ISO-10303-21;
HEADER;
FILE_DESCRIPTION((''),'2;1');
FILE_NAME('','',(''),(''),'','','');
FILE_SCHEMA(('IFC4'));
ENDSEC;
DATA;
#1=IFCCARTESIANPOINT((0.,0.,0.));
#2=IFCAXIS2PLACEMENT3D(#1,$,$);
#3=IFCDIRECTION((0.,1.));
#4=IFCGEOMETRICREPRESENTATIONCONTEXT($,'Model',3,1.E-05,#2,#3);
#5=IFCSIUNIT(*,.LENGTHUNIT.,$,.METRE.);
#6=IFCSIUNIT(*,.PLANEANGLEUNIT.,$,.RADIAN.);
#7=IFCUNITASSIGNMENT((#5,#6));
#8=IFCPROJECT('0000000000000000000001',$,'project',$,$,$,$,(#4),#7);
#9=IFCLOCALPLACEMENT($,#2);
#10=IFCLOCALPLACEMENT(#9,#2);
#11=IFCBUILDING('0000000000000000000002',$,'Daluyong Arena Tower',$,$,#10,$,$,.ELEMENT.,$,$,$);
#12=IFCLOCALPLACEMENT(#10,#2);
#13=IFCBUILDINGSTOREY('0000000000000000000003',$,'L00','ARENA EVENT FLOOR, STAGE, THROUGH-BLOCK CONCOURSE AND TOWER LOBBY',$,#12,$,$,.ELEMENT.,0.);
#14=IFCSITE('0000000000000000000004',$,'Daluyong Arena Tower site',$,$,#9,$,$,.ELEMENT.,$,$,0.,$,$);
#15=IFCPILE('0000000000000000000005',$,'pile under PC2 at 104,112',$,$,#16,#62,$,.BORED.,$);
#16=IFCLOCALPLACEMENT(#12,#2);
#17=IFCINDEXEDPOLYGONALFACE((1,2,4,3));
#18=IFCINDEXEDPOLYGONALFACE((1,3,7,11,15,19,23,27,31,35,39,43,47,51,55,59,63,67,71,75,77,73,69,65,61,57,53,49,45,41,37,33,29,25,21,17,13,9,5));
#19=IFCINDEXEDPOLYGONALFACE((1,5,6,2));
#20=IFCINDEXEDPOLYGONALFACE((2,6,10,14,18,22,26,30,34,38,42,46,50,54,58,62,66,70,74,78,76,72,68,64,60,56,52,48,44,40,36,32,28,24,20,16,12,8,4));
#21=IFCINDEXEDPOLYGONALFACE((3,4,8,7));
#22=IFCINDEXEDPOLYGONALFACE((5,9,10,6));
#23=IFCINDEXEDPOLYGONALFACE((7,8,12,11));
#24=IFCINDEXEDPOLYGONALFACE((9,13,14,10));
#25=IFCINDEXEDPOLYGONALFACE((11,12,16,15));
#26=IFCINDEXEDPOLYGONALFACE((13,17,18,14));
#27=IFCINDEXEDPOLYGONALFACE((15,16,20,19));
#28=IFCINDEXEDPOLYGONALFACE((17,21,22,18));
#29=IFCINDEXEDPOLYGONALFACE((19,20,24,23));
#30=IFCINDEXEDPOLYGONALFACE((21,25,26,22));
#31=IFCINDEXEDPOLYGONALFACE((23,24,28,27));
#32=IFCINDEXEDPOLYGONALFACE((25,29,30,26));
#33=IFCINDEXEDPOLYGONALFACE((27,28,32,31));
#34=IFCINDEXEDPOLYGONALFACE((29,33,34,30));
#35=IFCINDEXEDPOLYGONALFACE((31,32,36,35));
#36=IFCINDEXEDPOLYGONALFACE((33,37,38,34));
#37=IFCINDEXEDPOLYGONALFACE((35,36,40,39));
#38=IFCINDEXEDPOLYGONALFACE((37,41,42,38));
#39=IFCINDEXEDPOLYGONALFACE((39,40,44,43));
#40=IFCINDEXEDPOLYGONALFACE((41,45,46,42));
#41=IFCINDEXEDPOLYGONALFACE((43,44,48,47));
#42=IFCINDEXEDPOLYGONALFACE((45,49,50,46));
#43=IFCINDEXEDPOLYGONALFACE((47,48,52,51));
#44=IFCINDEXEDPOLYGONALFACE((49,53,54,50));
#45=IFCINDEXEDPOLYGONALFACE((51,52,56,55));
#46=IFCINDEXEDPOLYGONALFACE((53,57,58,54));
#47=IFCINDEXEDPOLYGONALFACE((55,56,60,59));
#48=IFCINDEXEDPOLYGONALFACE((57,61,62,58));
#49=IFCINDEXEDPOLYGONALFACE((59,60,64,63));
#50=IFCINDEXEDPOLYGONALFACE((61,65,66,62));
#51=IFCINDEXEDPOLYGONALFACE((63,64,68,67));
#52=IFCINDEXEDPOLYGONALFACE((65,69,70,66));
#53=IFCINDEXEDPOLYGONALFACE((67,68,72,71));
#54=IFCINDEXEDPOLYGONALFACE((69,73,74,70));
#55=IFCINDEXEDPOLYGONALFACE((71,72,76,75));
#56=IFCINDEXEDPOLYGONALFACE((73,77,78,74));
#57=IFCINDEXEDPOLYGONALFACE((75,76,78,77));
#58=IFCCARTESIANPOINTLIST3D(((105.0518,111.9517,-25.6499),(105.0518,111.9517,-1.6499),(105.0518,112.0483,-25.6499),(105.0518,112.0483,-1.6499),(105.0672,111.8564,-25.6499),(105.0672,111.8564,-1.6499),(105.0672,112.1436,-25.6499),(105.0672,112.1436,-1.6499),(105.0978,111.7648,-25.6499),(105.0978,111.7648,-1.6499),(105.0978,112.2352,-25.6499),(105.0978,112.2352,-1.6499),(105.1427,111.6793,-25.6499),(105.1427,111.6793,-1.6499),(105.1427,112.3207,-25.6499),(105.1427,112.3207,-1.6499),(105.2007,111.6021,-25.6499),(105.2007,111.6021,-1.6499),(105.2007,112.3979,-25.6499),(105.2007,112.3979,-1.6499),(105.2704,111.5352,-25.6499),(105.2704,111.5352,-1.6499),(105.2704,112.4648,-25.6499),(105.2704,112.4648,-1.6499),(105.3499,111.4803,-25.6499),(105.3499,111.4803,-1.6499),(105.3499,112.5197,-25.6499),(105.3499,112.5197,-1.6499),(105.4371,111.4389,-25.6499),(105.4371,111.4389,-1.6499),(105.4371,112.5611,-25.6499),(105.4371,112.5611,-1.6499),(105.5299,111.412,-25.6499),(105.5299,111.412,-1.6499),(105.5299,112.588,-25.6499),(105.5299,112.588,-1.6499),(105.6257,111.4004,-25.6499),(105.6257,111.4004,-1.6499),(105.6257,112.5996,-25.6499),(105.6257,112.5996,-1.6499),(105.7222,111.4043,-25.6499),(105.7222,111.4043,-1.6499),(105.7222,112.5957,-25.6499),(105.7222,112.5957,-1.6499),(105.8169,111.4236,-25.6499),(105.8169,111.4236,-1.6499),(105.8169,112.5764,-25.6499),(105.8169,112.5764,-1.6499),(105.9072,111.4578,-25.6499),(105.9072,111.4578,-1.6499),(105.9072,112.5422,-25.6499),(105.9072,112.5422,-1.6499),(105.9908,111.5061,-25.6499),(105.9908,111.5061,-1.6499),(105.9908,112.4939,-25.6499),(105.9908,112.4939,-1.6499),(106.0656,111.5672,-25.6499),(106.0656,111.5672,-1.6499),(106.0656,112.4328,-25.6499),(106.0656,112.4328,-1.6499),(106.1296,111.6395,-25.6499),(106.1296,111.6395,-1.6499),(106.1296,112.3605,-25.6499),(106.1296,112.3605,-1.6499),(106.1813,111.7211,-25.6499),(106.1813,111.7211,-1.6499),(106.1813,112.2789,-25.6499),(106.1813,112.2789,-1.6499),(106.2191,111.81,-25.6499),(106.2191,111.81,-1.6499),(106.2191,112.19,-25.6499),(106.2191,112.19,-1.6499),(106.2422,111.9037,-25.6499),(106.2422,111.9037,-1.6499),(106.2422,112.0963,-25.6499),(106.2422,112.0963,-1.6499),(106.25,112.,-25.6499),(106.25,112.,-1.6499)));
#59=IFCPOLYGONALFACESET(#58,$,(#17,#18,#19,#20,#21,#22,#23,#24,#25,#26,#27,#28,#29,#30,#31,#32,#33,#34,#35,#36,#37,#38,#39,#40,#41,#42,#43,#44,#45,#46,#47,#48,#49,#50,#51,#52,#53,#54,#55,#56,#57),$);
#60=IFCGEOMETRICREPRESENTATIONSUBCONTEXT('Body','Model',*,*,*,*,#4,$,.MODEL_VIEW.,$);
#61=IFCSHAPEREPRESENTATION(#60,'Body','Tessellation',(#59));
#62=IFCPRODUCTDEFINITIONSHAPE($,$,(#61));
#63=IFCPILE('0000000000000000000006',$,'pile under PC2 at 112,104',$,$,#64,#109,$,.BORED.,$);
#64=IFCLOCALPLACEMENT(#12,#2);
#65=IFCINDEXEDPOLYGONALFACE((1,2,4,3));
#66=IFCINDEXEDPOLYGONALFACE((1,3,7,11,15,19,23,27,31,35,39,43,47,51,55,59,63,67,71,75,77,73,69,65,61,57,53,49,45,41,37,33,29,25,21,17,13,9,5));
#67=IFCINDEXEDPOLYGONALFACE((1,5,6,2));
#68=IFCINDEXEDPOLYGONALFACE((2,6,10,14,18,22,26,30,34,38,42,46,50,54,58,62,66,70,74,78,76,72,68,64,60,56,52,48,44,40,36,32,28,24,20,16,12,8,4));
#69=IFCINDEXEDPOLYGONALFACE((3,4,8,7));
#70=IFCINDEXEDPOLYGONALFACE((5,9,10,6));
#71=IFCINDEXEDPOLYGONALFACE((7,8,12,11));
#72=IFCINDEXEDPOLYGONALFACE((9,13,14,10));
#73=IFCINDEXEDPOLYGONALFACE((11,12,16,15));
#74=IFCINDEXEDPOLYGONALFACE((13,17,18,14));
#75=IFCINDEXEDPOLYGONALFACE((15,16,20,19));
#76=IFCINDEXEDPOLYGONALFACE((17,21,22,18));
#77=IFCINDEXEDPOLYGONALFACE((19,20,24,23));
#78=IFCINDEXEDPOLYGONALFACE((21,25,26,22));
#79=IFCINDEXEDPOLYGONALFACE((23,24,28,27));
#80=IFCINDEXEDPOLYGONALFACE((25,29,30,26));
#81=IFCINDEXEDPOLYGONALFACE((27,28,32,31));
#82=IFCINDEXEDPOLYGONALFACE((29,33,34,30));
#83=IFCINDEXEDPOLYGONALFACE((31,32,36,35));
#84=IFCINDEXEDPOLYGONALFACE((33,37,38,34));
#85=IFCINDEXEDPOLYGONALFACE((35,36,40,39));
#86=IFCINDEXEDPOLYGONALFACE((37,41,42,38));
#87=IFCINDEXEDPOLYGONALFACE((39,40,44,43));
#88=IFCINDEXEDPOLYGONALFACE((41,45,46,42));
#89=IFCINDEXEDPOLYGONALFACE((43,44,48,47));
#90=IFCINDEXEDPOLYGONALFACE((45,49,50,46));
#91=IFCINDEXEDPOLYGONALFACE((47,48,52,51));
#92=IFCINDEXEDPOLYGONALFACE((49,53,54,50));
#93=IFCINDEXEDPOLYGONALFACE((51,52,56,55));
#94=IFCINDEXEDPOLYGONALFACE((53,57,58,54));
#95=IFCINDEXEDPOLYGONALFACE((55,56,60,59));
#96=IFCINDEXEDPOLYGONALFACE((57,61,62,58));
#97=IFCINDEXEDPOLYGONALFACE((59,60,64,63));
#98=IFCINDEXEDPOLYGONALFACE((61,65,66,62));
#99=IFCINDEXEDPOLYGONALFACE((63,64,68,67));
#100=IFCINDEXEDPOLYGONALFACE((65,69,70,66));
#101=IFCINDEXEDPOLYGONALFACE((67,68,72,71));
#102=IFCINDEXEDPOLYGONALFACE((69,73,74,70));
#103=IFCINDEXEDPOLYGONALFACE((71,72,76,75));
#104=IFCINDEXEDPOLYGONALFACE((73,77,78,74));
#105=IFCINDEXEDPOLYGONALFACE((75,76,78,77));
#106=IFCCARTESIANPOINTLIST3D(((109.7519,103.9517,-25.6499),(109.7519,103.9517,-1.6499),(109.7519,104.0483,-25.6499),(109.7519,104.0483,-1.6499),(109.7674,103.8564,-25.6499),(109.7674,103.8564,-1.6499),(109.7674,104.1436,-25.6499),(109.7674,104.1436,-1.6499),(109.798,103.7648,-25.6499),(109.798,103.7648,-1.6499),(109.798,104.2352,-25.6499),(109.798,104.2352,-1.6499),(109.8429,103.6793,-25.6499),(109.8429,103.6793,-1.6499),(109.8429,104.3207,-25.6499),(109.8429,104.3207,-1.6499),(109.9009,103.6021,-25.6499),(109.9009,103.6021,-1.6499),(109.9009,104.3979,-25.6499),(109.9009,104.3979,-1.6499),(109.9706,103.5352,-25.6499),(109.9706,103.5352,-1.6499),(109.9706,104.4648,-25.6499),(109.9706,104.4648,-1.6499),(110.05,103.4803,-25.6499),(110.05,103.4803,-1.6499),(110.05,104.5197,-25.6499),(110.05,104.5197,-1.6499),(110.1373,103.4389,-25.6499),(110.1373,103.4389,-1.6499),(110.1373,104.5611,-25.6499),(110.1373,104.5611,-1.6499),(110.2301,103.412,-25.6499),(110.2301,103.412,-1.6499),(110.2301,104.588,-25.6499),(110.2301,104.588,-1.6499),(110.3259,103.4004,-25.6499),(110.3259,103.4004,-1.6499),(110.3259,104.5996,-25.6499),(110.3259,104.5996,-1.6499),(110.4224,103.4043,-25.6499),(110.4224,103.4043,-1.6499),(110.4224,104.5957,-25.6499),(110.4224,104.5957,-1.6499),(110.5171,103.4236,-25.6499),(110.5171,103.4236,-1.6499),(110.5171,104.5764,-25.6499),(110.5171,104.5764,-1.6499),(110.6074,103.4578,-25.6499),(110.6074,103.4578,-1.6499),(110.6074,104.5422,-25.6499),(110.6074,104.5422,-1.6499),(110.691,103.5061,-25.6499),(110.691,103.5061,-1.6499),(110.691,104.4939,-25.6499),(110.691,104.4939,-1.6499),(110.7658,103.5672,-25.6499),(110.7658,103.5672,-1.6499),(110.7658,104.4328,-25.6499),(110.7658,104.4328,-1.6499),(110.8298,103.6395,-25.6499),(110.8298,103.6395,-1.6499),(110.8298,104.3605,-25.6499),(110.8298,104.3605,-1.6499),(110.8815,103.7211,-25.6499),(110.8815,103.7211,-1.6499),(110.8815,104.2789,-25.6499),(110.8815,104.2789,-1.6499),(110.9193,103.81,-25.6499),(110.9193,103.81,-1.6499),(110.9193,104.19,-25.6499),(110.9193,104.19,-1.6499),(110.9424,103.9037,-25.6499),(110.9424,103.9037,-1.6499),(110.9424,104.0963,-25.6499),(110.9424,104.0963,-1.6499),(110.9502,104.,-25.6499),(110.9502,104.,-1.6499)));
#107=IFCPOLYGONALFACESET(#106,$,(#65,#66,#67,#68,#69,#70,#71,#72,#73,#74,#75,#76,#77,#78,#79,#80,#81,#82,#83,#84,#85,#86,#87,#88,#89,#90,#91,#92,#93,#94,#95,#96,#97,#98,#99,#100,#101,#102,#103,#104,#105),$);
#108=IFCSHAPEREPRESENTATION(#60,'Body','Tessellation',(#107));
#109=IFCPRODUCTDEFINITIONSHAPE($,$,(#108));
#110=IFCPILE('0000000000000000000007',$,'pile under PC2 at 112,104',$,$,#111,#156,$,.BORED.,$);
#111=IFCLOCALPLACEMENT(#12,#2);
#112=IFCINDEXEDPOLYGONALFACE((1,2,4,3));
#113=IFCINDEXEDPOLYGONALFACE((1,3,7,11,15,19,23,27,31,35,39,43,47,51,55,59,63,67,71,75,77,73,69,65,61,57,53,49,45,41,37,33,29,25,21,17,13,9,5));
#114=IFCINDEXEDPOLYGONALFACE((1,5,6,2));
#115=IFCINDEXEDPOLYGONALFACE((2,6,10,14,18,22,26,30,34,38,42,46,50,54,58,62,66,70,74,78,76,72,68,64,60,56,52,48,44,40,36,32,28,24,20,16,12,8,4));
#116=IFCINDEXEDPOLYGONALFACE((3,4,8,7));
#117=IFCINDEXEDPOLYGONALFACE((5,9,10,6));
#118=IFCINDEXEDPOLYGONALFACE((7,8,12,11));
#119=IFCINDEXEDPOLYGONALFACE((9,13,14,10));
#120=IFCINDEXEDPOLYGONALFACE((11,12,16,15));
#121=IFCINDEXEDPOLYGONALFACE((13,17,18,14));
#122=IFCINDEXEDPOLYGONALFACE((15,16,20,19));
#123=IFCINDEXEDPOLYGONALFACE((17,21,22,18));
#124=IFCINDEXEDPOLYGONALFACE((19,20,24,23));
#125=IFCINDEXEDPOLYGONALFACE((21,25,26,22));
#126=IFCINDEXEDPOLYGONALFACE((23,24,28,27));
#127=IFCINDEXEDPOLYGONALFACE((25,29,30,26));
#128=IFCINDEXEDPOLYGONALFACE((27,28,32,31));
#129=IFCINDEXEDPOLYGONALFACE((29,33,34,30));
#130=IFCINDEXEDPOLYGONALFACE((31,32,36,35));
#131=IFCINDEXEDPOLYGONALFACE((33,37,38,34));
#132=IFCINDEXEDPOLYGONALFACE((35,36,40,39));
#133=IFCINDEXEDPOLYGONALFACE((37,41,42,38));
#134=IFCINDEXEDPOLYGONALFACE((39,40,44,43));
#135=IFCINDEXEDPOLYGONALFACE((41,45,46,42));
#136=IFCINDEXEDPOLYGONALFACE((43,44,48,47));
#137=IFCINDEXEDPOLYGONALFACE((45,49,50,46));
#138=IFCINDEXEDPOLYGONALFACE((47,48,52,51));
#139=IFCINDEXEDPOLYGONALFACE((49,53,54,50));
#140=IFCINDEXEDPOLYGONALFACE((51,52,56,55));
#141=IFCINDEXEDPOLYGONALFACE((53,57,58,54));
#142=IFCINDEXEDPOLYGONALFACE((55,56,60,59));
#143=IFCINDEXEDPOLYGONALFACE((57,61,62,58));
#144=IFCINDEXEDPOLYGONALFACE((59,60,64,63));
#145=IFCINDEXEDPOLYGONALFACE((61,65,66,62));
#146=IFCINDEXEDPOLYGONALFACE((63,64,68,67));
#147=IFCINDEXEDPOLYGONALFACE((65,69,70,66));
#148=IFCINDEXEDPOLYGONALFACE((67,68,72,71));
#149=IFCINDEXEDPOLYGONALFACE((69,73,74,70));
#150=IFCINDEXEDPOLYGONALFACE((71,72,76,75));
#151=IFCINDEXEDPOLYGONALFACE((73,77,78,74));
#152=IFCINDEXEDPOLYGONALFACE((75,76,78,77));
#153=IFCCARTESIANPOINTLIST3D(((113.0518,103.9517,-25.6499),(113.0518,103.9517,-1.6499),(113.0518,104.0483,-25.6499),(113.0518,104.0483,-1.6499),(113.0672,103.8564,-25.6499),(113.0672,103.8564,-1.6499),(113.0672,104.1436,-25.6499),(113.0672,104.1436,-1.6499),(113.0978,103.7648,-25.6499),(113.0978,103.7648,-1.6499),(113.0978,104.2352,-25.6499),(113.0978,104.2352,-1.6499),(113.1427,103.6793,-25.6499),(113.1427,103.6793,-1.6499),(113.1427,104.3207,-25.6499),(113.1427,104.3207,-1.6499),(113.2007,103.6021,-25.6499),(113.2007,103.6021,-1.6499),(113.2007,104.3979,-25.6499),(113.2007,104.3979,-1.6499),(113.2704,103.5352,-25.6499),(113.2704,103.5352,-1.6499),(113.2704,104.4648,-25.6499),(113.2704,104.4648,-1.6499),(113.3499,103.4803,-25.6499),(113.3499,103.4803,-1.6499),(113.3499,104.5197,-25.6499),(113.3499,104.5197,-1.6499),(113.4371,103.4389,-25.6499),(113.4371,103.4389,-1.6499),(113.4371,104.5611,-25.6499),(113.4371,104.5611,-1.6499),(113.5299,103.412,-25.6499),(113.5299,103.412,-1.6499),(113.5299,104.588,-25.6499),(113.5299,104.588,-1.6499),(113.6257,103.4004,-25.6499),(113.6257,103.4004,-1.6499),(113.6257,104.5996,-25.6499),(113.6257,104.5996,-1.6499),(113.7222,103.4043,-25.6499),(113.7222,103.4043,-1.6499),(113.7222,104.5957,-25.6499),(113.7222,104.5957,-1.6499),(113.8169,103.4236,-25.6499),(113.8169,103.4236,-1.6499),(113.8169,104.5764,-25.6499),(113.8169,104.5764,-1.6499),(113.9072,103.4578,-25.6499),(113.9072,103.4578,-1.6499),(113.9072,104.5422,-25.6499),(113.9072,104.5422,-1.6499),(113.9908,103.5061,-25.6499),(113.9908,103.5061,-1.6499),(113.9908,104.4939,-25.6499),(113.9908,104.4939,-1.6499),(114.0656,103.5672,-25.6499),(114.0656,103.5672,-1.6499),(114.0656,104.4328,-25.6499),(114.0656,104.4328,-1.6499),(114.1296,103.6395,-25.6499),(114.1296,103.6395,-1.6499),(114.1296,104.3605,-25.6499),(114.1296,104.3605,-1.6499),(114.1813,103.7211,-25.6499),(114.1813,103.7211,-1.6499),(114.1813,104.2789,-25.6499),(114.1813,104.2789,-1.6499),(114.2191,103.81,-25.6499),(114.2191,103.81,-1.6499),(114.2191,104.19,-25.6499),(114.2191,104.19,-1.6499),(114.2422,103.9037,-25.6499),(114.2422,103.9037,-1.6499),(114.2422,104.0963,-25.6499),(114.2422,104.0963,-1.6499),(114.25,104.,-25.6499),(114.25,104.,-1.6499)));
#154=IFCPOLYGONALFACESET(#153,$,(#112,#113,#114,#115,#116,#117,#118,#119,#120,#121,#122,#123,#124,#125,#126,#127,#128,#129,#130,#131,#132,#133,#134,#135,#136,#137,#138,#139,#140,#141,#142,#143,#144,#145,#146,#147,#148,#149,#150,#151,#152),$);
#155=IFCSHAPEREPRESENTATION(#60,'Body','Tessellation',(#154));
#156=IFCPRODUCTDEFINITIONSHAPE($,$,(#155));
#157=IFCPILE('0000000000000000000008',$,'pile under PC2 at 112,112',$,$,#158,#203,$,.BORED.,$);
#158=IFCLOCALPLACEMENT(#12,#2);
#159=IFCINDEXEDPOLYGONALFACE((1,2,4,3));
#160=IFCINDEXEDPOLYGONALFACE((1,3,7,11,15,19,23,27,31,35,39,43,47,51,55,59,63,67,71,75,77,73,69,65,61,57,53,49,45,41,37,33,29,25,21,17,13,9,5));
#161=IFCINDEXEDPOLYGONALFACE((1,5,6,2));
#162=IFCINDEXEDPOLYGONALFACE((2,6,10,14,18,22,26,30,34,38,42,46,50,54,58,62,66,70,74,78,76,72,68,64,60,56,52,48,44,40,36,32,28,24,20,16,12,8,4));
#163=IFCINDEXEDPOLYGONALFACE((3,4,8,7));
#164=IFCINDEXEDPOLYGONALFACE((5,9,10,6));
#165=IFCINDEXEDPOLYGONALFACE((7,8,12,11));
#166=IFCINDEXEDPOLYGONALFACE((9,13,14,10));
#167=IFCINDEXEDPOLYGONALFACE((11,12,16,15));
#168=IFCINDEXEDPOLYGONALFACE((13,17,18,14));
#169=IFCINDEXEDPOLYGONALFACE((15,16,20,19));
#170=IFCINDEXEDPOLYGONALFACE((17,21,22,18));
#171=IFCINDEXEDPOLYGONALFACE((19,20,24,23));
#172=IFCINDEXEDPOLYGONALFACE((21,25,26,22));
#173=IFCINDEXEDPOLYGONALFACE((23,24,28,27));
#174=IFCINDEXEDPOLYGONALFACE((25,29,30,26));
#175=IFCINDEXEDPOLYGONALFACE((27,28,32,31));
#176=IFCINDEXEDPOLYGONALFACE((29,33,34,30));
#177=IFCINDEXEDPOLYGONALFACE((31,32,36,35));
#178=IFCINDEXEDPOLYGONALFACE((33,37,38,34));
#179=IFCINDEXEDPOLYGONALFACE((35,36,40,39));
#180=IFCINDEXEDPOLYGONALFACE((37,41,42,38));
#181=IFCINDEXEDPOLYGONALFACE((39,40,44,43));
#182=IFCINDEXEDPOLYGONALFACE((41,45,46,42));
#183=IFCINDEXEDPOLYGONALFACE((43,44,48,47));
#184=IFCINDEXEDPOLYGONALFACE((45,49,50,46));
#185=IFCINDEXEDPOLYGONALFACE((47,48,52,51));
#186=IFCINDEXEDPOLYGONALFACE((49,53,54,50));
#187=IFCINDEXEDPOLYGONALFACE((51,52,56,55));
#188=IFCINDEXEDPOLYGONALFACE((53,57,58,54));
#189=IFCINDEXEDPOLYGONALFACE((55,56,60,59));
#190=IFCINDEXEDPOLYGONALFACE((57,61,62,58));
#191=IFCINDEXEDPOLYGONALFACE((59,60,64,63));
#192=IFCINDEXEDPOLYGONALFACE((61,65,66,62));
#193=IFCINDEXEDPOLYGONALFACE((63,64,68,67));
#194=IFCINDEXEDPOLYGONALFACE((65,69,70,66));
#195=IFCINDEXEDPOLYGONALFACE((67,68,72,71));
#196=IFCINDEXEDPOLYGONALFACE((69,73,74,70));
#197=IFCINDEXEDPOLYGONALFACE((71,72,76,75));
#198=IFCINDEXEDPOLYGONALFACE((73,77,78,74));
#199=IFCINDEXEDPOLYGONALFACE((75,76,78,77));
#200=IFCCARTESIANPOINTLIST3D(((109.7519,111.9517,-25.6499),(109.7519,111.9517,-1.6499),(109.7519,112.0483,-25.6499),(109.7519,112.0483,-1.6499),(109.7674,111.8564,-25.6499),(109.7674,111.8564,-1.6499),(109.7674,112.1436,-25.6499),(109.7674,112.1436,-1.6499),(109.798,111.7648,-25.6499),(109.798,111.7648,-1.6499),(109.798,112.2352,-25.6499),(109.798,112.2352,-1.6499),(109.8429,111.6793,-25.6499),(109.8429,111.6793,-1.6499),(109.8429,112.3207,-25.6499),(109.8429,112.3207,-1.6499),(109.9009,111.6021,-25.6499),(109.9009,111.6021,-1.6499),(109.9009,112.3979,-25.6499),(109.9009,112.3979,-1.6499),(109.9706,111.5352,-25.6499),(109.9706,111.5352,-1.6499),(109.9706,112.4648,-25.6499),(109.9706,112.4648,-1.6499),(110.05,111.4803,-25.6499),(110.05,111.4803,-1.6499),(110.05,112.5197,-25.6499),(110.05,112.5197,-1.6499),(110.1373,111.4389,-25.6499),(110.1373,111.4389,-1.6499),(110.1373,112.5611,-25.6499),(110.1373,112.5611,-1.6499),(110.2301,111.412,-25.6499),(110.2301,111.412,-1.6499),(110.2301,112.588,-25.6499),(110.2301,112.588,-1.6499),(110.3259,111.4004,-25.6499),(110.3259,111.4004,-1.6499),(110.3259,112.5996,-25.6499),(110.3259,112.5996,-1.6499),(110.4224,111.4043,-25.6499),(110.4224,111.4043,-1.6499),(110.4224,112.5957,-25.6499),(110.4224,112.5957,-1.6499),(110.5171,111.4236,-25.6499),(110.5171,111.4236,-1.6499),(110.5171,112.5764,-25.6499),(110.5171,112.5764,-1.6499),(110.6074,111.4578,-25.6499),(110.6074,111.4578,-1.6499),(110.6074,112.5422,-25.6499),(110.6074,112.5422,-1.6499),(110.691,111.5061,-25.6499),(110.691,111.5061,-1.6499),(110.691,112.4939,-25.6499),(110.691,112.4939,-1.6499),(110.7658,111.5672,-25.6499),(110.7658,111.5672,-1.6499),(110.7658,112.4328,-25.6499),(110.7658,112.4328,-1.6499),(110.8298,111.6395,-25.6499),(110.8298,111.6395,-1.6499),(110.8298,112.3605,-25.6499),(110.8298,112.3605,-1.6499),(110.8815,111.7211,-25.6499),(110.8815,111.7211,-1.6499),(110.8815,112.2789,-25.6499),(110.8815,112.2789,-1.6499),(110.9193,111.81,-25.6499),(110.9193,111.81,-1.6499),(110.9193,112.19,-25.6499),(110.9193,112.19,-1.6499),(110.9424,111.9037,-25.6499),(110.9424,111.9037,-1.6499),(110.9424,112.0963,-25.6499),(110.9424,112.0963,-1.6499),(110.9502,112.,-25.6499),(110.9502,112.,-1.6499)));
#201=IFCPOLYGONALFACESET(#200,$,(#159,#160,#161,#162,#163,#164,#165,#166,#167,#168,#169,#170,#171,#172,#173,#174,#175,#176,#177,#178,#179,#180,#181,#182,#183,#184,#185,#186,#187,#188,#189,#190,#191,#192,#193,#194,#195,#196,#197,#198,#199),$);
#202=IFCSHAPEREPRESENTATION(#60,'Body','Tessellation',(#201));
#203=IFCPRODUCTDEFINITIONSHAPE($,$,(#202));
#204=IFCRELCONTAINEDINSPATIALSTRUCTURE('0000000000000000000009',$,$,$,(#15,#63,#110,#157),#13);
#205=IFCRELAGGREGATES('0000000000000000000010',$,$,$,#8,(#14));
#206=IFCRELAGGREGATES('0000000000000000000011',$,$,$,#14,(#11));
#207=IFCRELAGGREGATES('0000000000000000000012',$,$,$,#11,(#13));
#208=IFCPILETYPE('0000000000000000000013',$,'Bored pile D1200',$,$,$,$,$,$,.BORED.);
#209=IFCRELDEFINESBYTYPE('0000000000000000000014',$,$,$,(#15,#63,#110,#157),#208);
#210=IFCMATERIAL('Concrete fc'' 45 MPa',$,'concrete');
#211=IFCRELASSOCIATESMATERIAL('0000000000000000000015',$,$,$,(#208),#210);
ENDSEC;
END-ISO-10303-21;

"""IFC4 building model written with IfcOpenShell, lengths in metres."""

from ifc_helpers import new_model, si_unit, direction, frame, origin, origin_2d, place, context, subcontext, project, spatial, circle, extrude, material, type_object, element, save


model = new_model("IFC4")

# Units and contexts
model_context = context("Model", 3, precision=1e-05, world=origin(), true_north=direction((0.0, 1.0)))
body_context = subcontext(model_context, "Body", "Model", "MODEL_VIEW")
ifc_project = project(units=[si_unit("LENGTHUNIT", "METRE"), si_unit("PLANEANGLEUNIT", "RADIAN")], contexts=[model_context])

# Site, building, storey
site_placement = place(None, origin())
site = spatial("IfcSite", under=ifc_project, at=site_placement, Name="Daluyong Arena Tower site", CompositionType="ELEMENT", RefElevation=0.0)
building_placement = place(site_placement, origin())
building = spatial("IfcBuilding", under=site, at=building_placement, Name="Daluyong Arena Tower", CompositionType="ELEMENT")
storey_placement = place(building_placement, origin())
storey = spatial("IfcBuildingStorey", under=building, at=storey_placement, Name="L00", Description="ARENA EVENT FLOOR, STAGE, THROUGH-BLOCK CONCOURSE AND TOWER LOBBY", CompositionType="ELEMENT", Elevation=0.0)

# Piles
ifc_material_1 = material(Name="Concrete fc' 45 MPa", Category="concrete")
pile_type = type_object("IfcPileType", Name="Bored pile D1200", PredefinedType="BORED", material=ifc_material_1)
for number, where, z_axis, x_axis, name in (
    (1, (105.6499, 112.0, -1.6499), (0.0, 0.0, -1.0), (1.0, 0.0, 0.0), "pile under PC2 at 104,112"),
    (2, (110.3501, 104.0, -1.6499), (0.0, 0.0, -1.0), (1.0, 0.0, 0.0), "pile under PC2 at 112,104"),
    (3, (113.6499, 104.0, -1.6499), (0.0, 0.0, -1.0), (1.0, 0.0, 0.0), "pile under PC2 at 112,104"),
    (4, (110.3501, 112.0, -1.6499), (0.0, 0.0, -1.0), (1.0, 0.0, 0.0), "pile under PC2 at 112,112"),
):
    element("IfcPile", number, at=place(storey_placement, frame(where, z_axis=z_axis, x_axis=x_axis)), inside=storey, type_object=pile_type, Name=name, PredefinedType="BORED", context=body_context, shape_type="SweptSolid", body=[
        extrude(circle(Radius=0.6001, at=origin_2d()), origin(), (0.0, 0.0, 1.0), 24.0),
    ])

save(model, "model.ifc")
